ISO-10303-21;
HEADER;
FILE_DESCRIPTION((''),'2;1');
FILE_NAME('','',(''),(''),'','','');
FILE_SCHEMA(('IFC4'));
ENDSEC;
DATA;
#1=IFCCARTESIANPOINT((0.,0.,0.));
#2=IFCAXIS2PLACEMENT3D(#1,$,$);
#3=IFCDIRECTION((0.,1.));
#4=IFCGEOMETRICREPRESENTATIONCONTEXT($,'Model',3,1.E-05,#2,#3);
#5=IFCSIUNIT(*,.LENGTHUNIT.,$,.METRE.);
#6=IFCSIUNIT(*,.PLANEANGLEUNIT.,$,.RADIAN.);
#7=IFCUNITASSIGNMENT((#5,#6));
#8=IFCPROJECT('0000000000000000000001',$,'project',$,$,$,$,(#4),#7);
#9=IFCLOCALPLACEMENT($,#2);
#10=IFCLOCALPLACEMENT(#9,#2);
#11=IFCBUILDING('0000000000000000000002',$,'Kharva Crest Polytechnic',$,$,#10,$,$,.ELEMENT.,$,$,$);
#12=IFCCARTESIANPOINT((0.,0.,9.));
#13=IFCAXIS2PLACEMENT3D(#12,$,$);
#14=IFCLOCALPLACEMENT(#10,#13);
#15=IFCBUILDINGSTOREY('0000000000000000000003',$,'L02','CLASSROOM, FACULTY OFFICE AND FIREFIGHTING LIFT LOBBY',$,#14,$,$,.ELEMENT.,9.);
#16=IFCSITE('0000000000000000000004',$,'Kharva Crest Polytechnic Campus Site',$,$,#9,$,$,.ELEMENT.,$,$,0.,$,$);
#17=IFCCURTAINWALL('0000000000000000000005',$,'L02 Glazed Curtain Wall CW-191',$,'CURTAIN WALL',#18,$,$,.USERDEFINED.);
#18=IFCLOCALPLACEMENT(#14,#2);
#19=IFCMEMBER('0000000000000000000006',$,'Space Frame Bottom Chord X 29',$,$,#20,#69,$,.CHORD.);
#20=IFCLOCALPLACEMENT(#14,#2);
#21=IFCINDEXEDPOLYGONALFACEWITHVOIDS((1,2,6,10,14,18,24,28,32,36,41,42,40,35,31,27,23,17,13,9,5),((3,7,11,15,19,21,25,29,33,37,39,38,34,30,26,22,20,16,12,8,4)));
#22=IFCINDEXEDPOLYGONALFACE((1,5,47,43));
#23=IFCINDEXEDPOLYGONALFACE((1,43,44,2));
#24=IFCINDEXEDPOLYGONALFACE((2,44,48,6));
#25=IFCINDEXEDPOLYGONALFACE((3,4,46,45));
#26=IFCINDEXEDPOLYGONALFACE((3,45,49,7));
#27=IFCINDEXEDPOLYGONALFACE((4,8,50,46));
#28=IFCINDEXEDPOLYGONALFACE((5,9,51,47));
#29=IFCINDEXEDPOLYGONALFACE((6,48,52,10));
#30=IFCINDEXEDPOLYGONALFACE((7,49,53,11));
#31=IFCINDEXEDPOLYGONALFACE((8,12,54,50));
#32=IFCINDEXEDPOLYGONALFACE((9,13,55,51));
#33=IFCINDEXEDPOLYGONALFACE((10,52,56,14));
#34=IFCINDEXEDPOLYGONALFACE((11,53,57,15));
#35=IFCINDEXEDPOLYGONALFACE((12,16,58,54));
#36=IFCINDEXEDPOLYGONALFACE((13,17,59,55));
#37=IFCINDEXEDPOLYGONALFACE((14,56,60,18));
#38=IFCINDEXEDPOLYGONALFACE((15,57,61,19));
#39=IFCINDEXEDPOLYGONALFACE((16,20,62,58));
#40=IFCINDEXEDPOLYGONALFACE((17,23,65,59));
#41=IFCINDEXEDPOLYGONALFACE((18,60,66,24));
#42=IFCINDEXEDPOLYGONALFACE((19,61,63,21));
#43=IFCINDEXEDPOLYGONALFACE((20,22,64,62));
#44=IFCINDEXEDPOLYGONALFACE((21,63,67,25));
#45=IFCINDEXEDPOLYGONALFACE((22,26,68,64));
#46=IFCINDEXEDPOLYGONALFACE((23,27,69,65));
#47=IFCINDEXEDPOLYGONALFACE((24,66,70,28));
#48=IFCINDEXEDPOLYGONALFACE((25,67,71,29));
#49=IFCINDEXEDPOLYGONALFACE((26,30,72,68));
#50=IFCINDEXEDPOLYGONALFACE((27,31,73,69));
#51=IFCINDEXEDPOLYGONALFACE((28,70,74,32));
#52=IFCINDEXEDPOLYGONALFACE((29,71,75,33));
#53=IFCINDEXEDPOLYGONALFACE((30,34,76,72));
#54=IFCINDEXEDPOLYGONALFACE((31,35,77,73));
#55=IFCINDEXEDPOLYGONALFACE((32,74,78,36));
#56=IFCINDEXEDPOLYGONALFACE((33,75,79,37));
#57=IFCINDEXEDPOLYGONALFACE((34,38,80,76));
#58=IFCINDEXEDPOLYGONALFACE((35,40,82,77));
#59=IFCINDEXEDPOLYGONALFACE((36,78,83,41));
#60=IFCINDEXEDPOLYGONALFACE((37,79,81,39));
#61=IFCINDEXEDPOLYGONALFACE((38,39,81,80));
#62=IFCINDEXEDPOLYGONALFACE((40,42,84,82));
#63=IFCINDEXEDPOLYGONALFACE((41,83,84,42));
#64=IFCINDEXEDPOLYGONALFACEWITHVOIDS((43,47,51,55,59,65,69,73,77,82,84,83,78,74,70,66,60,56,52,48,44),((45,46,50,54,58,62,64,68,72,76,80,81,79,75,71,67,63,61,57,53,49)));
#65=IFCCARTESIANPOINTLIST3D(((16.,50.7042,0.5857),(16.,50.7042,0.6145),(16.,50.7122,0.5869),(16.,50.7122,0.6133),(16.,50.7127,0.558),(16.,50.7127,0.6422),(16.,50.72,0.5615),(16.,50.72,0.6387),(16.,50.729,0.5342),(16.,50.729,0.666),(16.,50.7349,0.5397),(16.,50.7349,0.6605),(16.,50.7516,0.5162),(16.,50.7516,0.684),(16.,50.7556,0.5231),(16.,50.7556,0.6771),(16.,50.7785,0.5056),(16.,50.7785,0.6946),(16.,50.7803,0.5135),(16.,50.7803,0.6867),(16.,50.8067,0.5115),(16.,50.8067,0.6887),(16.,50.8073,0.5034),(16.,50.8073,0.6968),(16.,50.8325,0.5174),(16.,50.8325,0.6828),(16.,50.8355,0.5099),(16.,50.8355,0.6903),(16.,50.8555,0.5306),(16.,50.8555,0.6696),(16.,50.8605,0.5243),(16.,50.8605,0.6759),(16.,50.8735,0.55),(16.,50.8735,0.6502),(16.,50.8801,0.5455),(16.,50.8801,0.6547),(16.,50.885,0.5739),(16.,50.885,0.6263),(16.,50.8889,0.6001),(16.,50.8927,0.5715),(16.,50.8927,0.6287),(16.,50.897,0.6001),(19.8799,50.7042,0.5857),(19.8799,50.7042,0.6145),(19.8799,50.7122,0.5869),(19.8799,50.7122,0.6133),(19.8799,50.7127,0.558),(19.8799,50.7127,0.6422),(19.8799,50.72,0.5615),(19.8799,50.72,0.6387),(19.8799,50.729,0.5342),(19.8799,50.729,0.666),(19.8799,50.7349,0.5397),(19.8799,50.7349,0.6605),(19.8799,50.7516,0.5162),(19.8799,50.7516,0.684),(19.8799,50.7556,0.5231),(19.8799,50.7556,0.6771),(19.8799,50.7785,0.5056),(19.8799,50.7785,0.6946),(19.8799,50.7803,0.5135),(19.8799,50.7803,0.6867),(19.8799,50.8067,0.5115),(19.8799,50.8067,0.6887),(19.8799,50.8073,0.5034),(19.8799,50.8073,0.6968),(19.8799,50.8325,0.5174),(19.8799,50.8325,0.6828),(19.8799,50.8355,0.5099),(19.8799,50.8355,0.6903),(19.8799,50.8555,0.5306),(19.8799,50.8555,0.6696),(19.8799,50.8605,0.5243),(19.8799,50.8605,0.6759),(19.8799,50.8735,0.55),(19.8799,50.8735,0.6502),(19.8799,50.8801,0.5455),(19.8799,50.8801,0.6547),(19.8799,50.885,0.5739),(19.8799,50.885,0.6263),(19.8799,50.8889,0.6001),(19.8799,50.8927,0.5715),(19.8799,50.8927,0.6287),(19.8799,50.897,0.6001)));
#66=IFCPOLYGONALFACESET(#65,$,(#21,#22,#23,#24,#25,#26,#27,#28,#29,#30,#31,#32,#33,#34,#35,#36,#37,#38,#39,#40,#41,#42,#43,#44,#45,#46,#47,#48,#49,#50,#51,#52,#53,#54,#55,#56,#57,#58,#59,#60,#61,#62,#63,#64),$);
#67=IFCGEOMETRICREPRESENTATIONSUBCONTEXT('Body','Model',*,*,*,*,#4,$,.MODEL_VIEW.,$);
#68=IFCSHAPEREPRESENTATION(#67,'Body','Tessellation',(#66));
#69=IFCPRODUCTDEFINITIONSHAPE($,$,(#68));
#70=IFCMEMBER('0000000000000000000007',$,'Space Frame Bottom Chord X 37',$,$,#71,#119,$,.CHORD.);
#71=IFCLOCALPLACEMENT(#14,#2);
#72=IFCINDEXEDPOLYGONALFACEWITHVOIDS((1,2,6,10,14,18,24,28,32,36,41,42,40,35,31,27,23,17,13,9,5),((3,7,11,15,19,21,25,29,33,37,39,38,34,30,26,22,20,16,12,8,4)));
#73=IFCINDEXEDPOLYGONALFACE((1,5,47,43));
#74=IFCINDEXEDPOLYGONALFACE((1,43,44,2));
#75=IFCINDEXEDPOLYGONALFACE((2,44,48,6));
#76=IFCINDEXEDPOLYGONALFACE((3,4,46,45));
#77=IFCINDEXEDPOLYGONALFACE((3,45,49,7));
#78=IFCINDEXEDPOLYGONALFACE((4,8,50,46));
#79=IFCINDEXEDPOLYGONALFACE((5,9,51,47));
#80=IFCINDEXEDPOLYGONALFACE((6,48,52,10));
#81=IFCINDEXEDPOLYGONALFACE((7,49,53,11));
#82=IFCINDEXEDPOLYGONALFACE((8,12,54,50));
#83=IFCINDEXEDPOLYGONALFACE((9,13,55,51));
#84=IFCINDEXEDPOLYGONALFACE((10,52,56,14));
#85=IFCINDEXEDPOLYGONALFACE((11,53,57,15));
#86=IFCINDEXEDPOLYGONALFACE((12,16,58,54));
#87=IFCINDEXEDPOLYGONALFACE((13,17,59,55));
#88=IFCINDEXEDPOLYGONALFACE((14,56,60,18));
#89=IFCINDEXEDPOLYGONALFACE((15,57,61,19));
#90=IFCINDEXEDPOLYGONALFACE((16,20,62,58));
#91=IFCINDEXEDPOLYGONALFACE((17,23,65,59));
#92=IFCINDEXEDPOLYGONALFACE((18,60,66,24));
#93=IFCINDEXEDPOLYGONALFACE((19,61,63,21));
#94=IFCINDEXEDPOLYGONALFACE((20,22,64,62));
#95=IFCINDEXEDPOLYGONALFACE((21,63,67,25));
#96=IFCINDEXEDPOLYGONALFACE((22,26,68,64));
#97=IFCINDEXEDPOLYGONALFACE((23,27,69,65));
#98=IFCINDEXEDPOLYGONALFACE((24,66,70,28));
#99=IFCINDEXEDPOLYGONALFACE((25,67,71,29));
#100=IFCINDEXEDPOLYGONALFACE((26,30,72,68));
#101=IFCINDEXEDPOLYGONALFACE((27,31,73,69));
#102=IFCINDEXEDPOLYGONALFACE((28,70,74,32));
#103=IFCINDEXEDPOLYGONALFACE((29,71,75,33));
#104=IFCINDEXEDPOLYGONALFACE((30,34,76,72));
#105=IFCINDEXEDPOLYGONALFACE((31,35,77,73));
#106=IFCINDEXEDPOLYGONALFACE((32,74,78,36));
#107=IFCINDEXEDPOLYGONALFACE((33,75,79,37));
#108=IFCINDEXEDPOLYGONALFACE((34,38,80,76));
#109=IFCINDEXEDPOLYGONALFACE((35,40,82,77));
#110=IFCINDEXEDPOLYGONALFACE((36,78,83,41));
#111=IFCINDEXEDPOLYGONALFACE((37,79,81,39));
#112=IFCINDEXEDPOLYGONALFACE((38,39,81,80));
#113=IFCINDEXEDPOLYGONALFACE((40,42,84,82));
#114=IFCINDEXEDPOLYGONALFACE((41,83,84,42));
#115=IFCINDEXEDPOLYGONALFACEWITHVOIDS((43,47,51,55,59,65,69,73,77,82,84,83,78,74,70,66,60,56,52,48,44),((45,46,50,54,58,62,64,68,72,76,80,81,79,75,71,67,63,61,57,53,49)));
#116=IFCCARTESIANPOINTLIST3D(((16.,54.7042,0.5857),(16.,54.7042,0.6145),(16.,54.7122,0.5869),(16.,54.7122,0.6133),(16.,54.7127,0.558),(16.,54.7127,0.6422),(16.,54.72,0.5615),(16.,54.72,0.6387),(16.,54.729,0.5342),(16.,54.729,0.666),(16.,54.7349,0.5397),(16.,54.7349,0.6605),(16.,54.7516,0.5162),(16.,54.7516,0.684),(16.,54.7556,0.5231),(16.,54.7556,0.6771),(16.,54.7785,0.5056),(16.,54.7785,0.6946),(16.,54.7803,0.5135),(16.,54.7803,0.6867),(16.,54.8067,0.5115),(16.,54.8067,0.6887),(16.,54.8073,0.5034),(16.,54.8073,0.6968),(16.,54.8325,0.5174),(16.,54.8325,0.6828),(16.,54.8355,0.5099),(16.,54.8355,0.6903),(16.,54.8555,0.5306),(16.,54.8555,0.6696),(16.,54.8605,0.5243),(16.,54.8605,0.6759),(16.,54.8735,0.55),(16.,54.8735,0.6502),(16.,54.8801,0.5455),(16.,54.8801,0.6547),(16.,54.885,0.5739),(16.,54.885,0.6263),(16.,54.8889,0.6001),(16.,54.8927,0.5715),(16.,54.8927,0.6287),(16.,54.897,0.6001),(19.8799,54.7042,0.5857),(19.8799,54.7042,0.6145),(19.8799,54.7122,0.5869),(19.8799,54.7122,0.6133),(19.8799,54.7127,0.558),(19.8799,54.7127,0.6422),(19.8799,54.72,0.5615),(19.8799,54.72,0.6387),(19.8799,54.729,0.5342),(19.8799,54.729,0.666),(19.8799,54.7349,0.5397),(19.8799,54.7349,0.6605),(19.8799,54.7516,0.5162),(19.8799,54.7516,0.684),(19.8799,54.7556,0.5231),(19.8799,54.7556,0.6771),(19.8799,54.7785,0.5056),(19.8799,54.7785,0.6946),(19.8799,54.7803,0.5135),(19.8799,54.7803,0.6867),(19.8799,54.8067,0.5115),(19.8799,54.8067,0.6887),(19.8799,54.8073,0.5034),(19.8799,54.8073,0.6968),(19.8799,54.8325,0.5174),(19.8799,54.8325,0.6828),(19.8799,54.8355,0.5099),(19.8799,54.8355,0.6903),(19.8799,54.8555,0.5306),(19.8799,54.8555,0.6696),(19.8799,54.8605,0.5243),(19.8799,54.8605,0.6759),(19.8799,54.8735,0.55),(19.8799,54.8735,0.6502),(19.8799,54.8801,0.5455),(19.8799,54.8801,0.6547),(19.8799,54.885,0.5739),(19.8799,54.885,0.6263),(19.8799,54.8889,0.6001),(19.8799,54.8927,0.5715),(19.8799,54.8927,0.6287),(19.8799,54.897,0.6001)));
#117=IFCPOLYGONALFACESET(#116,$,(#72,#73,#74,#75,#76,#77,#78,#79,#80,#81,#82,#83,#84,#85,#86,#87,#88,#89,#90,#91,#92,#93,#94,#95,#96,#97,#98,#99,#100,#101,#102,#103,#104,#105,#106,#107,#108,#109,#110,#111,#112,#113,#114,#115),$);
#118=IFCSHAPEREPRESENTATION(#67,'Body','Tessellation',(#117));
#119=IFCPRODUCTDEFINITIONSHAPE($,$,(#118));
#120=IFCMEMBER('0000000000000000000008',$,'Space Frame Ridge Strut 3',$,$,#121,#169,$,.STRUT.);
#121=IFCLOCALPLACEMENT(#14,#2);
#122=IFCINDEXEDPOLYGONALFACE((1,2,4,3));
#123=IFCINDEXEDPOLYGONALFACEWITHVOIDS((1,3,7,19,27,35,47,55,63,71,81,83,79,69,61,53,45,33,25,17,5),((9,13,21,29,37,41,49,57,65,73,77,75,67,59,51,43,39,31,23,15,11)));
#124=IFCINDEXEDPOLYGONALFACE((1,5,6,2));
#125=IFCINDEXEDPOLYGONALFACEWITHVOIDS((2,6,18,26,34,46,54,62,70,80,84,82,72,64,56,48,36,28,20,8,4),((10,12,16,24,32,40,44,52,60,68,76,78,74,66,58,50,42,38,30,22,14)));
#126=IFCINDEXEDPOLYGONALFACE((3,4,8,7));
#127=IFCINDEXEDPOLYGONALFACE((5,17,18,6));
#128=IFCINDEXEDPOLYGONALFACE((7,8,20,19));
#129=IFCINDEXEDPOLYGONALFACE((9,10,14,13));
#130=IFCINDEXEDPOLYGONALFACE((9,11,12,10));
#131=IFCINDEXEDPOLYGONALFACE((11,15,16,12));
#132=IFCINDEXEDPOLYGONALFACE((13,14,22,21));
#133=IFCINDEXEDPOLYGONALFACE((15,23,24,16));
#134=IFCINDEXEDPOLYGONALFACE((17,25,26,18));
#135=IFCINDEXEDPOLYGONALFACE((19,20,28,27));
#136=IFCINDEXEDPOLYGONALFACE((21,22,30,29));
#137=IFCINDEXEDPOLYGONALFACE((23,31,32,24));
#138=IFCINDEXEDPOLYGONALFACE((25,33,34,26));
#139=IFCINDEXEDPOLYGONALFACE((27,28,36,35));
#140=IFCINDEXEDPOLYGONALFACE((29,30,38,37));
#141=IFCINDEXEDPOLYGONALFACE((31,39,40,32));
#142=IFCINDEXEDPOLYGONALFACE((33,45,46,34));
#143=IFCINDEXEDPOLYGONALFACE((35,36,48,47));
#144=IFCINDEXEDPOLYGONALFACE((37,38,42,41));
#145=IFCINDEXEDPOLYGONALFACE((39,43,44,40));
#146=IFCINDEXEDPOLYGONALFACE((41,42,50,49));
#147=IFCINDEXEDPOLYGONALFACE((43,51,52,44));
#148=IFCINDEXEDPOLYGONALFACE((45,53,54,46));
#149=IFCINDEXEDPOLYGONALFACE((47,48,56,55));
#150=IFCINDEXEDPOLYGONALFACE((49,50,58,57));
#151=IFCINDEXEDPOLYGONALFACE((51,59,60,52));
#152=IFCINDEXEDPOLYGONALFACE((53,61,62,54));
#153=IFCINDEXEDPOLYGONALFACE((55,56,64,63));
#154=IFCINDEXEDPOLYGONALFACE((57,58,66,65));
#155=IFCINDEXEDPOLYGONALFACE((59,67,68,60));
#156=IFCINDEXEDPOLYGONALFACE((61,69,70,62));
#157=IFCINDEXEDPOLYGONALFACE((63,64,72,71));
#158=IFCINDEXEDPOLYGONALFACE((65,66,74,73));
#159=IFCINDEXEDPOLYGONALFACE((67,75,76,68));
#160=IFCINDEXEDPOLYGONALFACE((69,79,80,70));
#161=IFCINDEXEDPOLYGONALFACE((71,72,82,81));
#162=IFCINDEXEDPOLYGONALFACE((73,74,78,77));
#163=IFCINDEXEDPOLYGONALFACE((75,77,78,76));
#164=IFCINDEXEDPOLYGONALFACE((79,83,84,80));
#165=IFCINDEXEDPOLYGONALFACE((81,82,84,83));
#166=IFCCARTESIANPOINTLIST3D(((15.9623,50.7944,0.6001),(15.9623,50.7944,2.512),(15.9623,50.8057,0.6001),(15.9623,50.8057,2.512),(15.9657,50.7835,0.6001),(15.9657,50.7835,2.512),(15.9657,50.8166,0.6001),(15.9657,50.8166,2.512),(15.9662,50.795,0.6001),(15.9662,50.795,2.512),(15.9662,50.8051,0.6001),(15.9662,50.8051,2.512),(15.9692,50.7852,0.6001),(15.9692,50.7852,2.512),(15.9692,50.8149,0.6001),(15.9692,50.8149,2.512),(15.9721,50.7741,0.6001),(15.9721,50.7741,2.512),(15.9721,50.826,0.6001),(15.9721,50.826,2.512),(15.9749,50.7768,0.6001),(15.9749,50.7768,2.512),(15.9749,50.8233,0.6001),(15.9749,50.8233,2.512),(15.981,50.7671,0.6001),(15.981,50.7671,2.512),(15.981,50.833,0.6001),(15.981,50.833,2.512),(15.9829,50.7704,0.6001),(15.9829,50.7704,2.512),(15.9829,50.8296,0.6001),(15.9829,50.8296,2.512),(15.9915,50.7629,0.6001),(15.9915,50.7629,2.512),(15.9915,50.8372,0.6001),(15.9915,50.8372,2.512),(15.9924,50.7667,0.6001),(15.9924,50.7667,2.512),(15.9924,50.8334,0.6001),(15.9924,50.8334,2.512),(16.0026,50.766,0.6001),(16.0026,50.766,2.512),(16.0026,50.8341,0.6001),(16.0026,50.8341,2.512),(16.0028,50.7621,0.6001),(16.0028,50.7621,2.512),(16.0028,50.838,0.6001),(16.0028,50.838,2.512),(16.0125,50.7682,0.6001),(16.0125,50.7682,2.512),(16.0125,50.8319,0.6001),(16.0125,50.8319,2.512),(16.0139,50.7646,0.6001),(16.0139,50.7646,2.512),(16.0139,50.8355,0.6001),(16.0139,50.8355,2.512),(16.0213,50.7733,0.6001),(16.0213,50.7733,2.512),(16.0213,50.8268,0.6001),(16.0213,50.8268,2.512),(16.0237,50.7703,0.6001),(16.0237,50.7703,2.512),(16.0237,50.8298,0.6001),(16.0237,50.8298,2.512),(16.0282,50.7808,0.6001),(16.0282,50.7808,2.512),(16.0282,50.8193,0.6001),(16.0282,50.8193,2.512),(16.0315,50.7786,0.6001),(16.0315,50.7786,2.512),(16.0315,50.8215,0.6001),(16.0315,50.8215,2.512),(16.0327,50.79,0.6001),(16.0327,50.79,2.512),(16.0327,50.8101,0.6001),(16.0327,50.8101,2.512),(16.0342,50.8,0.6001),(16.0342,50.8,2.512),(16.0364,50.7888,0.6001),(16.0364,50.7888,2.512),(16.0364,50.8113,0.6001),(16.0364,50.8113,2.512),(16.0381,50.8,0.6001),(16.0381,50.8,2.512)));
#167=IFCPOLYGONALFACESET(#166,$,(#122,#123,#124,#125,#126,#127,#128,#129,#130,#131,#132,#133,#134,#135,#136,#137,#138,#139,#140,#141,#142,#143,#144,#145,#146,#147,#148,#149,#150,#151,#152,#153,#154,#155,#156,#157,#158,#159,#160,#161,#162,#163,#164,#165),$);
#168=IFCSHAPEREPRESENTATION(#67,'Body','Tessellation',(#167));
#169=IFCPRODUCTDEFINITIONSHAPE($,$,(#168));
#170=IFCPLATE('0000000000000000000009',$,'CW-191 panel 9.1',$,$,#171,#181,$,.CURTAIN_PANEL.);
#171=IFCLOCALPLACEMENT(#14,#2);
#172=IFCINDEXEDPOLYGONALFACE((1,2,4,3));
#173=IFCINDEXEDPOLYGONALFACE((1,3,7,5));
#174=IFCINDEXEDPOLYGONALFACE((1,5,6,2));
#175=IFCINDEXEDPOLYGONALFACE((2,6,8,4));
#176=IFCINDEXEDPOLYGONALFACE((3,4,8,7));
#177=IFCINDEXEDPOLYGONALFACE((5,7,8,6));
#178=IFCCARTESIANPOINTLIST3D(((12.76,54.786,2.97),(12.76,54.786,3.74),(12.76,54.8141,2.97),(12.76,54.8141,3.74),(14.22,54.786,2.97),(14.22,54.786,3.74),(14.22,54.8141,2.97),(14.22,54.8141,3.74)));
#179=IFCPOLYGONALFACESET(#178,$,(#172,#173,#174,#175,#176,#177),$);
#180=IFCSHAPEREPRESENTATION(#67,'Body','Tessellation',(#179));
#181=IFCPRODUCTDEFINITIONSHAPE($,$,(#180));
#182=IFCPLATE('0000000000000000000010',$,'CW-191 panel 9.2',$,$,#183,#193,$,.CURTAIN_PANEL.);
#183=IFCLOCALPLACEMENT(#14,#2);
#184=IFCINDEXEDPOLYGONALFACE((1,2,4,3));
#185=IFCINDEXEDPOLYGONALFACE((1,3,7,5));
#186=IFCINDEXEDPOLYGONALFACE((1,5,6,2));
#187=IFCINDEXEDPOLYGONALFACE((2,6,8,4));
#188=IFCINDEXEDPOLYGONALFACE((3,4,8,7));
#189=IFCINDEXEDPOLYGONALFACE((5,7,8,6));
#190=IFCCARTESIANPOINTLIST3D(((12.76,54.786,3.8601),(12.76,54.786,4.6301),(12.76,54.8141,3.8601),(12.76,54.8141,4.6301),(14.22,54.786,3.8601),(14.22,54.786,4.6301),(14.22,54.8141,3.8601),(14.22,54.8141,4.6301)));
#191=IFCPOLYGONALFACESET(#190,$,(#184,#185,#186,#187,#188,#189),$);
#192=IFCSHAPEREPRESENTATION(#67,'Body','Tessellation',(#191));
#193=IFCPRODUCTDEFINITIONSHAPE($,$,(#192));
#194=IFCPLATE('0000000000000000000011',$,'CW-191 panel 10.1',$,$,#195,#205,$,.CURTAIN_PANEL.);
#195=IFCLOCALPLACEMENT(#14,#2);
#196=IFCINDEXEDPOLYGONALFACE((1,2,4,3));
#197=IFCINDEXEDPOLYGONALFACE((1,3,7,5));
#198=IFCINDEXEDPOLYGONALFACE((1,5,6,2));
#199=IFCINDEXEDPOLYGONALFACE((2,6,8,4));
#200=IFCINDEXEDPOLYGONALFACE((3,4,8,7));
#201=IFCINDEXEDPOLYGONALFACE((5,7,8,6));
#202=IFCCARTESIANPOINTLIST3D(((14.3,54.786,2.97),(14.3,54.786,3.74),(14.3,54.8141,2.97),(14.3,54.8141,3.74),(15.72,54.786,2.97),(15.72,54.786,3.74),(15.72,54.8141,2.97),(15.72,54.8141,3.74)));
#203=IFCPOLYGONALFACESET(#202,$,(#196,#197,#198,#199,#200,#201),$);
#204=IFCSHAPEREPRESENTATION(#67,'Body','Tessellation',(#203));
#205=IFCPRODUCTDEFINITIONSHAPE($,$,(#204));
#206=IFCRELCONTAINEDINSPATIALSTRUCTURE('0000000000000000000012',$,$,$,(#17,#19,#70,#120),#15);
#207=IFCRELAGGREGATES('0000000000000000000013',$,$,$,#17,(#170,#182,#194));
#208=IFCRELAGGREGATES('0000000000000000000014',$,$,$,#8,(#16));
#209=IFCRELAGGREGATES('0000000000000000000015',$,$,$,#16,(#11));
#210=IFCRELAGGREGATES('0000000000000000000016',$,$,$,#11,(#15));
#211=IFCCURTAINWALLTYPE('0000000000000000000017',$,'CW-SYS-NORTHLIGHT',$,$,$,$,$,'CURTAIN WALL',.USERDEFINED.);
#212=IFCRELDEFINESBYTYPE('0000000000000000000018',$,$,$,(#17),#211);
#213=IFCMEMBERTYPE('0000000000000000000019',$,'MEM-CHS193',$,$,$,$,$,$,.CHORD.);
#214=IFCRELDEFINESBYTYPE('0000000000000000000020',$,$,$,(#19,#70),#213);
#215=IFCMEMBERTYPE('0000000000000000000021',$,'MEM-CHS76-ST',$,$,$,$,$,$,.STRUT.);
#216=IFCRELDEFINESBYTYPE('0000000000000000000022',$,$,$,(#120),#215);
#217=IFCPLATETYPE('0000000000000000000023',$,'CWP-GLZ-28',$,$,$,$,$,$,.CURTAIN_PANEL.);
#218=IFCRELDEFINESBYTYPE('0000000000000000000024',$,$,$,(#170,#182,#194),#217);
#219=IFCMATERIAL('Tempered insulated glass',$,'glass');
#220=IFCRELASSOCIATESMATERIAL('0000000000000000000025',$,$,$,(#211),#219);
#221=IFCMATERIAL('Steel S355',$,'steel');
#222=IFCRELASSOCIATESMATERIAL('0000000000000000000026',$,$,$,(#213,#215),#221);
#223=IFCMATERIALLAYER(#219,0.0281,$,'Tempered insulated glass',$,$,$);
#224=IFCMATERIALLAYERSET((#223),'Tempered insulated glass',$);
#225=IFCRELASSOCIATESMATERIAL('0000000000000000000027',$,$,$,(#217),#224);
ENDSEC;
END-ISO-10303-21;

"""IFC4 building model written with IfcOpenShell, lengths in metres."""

from ifc_helpers import new_model, si_unit, direction, frame, origin, origin_2d, place, context, subcontext, project, spatial, rectangle, hollow_circle, extrude, material, layer, layer_set, material_profile, profile_set, type_object, element, aggregate, save


model = new_model("IFC4")

# Units and contexts
model_context = context("Model", 3, precision=1e-05, world=origin(), true_north=direction((0.0, 1.0)))
body_context = subcontext(model_context, "Body", "Model", "MODEL_VIEW")
ifc_project = project(units=[si_unit("LENGTHUNIT", "METRE"), si_unit("PLANEANGLEUNIT", "RADIAN")], contexts=[model_context])

# Site, building, storey
site_placement = place(None, origin())
site = spatial("IfcSite", under=ifc_project, at=site_placement, Name="Kharva Crest Polytechnic Campus Site", CompositionType="ELEMENT", RefElevation=0.0)
building_placement = place(site_placement, origin())
building = spatial("IfcBuilding", under=site, at=building_placement, Name="Kharva Crest Polytechnic", CompositionType="ELEMENT")
storey_placement = place(building_placement, frame((0.0, 0.0, 9.0)))
storey = spatial("IfcBuildingStorey", under=building, at=storey_placement, Name="L02", Description="CLASSROOM, FACULTY OFFICE AND FIREFIGHTING LIFT LOBBY", CompositionType="ELEMENT", Elevation=9.0)

# Curtain wall
ifc_material_1 = material(Name="Tempered insulated glass", Category="glass")
curtain_wall_type = type_object("IfcCurtainWallType", Name="CW-SYS-NORTHLIGHT", ElementType="CURTAIN WALL", PredefinedType="USERDEFINED", material=ifc_material_1)
curtain_wall_placement = place(storey_placement, origin())
curtain_wall = element("IfcCurtainWall", 1, at=curtain_wall_placement, inside=storey, type_object=curtain_wall_type, Name="L02 Glazed Curtain Wall CW-191", ObjectType="CURTAIN WALL", PredefinedType="USERDEFINED")
ifc_material_2 = material(Name="Steel S355", Category="steel")

# Members
ifc_material_profile_1 = material_profile(ifc_material_2, hollow_circle(Radius=0.0969, WallThickness=0.0081, at=origin_2d()), Name="CHS 193.7X8.0")
ifc_profile_set_1 = profile_set([ifc_material_profile_1], Name="Steel S355")
member_type_1 = type_object("IfcMemberType", Name="MEM-CHS193", PredefinedType="CHORD", material=ifc_profile_set_1)
for number, where, z_axis, x_axis, name in (
    (2, (16.0, 50.8, 0.6001), (1.0, 0.0, 0.0), (0.0, 1.0, 0.0), "Space Frame Bottom Chord X 29"),
    (3, (16.0, 54.8, 0.6001), (1.0, 0.0, 0.0), (0.0, 1.0, 0.0), "Space Frame Bottom Chord X 37"),
):
    element("IfcMember", number, at=place(storey_placement, frame(where, z_axis=z_axis, x_axis=x_axis)), inside=storey, type_object=member_type_1, Name=name, PredefinedType="CHORD", context=body_context, shape_type="SweptSolid", body=[
        extrude(hollow_circle(Radius=0.0969, WallThickness=0.0081, at=origin_2d()), origin(), (0.0, 0.0, 1.0), 3.8799),
    ])
ifc_material_profile_2 = material_profile(ifc_material_2, hollow_circle(Radius=0.0381, WallThickness=0.0039, at=origin_2d()), Name="CHS 76.1X4.0")
ifc_profile_set_2 = profile_set([ifc_material_profile_2], Name="Steel S355")
member_type_2 = type_object("IfcMemberType", Name="MEM-CHS76-ST", PredefinedType="STRUT", material=ifc_profile_set_2)
member_1_placement = place(storey_placement, frame((16.0, 50.8, 0.6001), z_axis=(0.0, 0.0, 1.0), x_axis=(1.0, 0.0, 0.0)))
element("IfcMember", 4, at=member_1_placement, inside=storey, type_object=member_type_2, Name="Space Frame Ridge Strut 3", PredefinedType="STRUT", context=body_context, shape_type="SweptSolid", body=[
    extrude(hollow_circle(Radius=0.0381, WallThickness=0.0039, at=origin_2d()), origin(), (0.0, 0.0, 1.0), 1.9119),
])

# Plates
ifc_layer = layer(ifc_material_1, 0.0281, Name="Tempered insulated glass")
ifc_layer_set = layer_set([ifc_layer], Name="Tempered insulated glass")
plate_type = type_object("IfcPlateType", Name="CWP-GLZ-28", PredefinedType="CURTAIN_PANEL", material=ifc_layer_set)
plate_1_placement = place(storey_placement, frame((13.49, 54.8, 2.97), z_axis=(0.0, 0.0, 1.0), x_axis=(1.0, 0.0, 0.0)))
plate_1 = element("IfcPlate", 5, at=plate_1_placement, type_object=plate_type, Name="CW-191 panel 9.1", PredefinedType="CURTAIN_PANEL", context=body_context, shape_type="SweptSolid", body=[
    extrude(rectangle(XDim=1.46, YDim=0.0281, at=origin_2d()), origin(), (0.0, 0.0, 1.0), 0.77),
])
plate_2_placement = place(storey_placement, frame((13.49, 54.8, 3.8601), z_axis=(0.0, 0.0, 1.0), x_axis=(1.0, 0.0, 0.0)))
plate_2 = element("IfcPlate", 6, at=plate_2_placement, type_object=plate_type, Name="CW-191 panel 9.2", PredefinedType="CURTAIN_PANEL", context=body_context, shape_type="SweptSolid", body=[
    extrude(rectangle(XDim=1.46, YDim=0.0281, at=origin_2d()), origin(), (0.0, 0.0, 1.0), 0.77),
])
plate_3_placement = place(storey_placement, frame((15.01, 54.8, 2.97), z_axis=(0.0, 0.0, 1.0), x_axis=(1.0, 0.0, 0.0)))
plate_3 = element("IfcPlate", 7, at=plate_3_placement, type_object=plate_type, Name="CW-191 panel 10.1", PredefinedType="CURTAIN_PANEL", context=body_context, shape_type="SweptSolid", body=[
    extrude(rectangle(XDim=1.4199, YDim=0.0281, at=origin_2d()), origin(), (0.0, 0.0, 1.0), 0.77),
])
aggregate(curtain_wall, [plate_1, plate_2, plate_3])

save(model, "model.ifc")
